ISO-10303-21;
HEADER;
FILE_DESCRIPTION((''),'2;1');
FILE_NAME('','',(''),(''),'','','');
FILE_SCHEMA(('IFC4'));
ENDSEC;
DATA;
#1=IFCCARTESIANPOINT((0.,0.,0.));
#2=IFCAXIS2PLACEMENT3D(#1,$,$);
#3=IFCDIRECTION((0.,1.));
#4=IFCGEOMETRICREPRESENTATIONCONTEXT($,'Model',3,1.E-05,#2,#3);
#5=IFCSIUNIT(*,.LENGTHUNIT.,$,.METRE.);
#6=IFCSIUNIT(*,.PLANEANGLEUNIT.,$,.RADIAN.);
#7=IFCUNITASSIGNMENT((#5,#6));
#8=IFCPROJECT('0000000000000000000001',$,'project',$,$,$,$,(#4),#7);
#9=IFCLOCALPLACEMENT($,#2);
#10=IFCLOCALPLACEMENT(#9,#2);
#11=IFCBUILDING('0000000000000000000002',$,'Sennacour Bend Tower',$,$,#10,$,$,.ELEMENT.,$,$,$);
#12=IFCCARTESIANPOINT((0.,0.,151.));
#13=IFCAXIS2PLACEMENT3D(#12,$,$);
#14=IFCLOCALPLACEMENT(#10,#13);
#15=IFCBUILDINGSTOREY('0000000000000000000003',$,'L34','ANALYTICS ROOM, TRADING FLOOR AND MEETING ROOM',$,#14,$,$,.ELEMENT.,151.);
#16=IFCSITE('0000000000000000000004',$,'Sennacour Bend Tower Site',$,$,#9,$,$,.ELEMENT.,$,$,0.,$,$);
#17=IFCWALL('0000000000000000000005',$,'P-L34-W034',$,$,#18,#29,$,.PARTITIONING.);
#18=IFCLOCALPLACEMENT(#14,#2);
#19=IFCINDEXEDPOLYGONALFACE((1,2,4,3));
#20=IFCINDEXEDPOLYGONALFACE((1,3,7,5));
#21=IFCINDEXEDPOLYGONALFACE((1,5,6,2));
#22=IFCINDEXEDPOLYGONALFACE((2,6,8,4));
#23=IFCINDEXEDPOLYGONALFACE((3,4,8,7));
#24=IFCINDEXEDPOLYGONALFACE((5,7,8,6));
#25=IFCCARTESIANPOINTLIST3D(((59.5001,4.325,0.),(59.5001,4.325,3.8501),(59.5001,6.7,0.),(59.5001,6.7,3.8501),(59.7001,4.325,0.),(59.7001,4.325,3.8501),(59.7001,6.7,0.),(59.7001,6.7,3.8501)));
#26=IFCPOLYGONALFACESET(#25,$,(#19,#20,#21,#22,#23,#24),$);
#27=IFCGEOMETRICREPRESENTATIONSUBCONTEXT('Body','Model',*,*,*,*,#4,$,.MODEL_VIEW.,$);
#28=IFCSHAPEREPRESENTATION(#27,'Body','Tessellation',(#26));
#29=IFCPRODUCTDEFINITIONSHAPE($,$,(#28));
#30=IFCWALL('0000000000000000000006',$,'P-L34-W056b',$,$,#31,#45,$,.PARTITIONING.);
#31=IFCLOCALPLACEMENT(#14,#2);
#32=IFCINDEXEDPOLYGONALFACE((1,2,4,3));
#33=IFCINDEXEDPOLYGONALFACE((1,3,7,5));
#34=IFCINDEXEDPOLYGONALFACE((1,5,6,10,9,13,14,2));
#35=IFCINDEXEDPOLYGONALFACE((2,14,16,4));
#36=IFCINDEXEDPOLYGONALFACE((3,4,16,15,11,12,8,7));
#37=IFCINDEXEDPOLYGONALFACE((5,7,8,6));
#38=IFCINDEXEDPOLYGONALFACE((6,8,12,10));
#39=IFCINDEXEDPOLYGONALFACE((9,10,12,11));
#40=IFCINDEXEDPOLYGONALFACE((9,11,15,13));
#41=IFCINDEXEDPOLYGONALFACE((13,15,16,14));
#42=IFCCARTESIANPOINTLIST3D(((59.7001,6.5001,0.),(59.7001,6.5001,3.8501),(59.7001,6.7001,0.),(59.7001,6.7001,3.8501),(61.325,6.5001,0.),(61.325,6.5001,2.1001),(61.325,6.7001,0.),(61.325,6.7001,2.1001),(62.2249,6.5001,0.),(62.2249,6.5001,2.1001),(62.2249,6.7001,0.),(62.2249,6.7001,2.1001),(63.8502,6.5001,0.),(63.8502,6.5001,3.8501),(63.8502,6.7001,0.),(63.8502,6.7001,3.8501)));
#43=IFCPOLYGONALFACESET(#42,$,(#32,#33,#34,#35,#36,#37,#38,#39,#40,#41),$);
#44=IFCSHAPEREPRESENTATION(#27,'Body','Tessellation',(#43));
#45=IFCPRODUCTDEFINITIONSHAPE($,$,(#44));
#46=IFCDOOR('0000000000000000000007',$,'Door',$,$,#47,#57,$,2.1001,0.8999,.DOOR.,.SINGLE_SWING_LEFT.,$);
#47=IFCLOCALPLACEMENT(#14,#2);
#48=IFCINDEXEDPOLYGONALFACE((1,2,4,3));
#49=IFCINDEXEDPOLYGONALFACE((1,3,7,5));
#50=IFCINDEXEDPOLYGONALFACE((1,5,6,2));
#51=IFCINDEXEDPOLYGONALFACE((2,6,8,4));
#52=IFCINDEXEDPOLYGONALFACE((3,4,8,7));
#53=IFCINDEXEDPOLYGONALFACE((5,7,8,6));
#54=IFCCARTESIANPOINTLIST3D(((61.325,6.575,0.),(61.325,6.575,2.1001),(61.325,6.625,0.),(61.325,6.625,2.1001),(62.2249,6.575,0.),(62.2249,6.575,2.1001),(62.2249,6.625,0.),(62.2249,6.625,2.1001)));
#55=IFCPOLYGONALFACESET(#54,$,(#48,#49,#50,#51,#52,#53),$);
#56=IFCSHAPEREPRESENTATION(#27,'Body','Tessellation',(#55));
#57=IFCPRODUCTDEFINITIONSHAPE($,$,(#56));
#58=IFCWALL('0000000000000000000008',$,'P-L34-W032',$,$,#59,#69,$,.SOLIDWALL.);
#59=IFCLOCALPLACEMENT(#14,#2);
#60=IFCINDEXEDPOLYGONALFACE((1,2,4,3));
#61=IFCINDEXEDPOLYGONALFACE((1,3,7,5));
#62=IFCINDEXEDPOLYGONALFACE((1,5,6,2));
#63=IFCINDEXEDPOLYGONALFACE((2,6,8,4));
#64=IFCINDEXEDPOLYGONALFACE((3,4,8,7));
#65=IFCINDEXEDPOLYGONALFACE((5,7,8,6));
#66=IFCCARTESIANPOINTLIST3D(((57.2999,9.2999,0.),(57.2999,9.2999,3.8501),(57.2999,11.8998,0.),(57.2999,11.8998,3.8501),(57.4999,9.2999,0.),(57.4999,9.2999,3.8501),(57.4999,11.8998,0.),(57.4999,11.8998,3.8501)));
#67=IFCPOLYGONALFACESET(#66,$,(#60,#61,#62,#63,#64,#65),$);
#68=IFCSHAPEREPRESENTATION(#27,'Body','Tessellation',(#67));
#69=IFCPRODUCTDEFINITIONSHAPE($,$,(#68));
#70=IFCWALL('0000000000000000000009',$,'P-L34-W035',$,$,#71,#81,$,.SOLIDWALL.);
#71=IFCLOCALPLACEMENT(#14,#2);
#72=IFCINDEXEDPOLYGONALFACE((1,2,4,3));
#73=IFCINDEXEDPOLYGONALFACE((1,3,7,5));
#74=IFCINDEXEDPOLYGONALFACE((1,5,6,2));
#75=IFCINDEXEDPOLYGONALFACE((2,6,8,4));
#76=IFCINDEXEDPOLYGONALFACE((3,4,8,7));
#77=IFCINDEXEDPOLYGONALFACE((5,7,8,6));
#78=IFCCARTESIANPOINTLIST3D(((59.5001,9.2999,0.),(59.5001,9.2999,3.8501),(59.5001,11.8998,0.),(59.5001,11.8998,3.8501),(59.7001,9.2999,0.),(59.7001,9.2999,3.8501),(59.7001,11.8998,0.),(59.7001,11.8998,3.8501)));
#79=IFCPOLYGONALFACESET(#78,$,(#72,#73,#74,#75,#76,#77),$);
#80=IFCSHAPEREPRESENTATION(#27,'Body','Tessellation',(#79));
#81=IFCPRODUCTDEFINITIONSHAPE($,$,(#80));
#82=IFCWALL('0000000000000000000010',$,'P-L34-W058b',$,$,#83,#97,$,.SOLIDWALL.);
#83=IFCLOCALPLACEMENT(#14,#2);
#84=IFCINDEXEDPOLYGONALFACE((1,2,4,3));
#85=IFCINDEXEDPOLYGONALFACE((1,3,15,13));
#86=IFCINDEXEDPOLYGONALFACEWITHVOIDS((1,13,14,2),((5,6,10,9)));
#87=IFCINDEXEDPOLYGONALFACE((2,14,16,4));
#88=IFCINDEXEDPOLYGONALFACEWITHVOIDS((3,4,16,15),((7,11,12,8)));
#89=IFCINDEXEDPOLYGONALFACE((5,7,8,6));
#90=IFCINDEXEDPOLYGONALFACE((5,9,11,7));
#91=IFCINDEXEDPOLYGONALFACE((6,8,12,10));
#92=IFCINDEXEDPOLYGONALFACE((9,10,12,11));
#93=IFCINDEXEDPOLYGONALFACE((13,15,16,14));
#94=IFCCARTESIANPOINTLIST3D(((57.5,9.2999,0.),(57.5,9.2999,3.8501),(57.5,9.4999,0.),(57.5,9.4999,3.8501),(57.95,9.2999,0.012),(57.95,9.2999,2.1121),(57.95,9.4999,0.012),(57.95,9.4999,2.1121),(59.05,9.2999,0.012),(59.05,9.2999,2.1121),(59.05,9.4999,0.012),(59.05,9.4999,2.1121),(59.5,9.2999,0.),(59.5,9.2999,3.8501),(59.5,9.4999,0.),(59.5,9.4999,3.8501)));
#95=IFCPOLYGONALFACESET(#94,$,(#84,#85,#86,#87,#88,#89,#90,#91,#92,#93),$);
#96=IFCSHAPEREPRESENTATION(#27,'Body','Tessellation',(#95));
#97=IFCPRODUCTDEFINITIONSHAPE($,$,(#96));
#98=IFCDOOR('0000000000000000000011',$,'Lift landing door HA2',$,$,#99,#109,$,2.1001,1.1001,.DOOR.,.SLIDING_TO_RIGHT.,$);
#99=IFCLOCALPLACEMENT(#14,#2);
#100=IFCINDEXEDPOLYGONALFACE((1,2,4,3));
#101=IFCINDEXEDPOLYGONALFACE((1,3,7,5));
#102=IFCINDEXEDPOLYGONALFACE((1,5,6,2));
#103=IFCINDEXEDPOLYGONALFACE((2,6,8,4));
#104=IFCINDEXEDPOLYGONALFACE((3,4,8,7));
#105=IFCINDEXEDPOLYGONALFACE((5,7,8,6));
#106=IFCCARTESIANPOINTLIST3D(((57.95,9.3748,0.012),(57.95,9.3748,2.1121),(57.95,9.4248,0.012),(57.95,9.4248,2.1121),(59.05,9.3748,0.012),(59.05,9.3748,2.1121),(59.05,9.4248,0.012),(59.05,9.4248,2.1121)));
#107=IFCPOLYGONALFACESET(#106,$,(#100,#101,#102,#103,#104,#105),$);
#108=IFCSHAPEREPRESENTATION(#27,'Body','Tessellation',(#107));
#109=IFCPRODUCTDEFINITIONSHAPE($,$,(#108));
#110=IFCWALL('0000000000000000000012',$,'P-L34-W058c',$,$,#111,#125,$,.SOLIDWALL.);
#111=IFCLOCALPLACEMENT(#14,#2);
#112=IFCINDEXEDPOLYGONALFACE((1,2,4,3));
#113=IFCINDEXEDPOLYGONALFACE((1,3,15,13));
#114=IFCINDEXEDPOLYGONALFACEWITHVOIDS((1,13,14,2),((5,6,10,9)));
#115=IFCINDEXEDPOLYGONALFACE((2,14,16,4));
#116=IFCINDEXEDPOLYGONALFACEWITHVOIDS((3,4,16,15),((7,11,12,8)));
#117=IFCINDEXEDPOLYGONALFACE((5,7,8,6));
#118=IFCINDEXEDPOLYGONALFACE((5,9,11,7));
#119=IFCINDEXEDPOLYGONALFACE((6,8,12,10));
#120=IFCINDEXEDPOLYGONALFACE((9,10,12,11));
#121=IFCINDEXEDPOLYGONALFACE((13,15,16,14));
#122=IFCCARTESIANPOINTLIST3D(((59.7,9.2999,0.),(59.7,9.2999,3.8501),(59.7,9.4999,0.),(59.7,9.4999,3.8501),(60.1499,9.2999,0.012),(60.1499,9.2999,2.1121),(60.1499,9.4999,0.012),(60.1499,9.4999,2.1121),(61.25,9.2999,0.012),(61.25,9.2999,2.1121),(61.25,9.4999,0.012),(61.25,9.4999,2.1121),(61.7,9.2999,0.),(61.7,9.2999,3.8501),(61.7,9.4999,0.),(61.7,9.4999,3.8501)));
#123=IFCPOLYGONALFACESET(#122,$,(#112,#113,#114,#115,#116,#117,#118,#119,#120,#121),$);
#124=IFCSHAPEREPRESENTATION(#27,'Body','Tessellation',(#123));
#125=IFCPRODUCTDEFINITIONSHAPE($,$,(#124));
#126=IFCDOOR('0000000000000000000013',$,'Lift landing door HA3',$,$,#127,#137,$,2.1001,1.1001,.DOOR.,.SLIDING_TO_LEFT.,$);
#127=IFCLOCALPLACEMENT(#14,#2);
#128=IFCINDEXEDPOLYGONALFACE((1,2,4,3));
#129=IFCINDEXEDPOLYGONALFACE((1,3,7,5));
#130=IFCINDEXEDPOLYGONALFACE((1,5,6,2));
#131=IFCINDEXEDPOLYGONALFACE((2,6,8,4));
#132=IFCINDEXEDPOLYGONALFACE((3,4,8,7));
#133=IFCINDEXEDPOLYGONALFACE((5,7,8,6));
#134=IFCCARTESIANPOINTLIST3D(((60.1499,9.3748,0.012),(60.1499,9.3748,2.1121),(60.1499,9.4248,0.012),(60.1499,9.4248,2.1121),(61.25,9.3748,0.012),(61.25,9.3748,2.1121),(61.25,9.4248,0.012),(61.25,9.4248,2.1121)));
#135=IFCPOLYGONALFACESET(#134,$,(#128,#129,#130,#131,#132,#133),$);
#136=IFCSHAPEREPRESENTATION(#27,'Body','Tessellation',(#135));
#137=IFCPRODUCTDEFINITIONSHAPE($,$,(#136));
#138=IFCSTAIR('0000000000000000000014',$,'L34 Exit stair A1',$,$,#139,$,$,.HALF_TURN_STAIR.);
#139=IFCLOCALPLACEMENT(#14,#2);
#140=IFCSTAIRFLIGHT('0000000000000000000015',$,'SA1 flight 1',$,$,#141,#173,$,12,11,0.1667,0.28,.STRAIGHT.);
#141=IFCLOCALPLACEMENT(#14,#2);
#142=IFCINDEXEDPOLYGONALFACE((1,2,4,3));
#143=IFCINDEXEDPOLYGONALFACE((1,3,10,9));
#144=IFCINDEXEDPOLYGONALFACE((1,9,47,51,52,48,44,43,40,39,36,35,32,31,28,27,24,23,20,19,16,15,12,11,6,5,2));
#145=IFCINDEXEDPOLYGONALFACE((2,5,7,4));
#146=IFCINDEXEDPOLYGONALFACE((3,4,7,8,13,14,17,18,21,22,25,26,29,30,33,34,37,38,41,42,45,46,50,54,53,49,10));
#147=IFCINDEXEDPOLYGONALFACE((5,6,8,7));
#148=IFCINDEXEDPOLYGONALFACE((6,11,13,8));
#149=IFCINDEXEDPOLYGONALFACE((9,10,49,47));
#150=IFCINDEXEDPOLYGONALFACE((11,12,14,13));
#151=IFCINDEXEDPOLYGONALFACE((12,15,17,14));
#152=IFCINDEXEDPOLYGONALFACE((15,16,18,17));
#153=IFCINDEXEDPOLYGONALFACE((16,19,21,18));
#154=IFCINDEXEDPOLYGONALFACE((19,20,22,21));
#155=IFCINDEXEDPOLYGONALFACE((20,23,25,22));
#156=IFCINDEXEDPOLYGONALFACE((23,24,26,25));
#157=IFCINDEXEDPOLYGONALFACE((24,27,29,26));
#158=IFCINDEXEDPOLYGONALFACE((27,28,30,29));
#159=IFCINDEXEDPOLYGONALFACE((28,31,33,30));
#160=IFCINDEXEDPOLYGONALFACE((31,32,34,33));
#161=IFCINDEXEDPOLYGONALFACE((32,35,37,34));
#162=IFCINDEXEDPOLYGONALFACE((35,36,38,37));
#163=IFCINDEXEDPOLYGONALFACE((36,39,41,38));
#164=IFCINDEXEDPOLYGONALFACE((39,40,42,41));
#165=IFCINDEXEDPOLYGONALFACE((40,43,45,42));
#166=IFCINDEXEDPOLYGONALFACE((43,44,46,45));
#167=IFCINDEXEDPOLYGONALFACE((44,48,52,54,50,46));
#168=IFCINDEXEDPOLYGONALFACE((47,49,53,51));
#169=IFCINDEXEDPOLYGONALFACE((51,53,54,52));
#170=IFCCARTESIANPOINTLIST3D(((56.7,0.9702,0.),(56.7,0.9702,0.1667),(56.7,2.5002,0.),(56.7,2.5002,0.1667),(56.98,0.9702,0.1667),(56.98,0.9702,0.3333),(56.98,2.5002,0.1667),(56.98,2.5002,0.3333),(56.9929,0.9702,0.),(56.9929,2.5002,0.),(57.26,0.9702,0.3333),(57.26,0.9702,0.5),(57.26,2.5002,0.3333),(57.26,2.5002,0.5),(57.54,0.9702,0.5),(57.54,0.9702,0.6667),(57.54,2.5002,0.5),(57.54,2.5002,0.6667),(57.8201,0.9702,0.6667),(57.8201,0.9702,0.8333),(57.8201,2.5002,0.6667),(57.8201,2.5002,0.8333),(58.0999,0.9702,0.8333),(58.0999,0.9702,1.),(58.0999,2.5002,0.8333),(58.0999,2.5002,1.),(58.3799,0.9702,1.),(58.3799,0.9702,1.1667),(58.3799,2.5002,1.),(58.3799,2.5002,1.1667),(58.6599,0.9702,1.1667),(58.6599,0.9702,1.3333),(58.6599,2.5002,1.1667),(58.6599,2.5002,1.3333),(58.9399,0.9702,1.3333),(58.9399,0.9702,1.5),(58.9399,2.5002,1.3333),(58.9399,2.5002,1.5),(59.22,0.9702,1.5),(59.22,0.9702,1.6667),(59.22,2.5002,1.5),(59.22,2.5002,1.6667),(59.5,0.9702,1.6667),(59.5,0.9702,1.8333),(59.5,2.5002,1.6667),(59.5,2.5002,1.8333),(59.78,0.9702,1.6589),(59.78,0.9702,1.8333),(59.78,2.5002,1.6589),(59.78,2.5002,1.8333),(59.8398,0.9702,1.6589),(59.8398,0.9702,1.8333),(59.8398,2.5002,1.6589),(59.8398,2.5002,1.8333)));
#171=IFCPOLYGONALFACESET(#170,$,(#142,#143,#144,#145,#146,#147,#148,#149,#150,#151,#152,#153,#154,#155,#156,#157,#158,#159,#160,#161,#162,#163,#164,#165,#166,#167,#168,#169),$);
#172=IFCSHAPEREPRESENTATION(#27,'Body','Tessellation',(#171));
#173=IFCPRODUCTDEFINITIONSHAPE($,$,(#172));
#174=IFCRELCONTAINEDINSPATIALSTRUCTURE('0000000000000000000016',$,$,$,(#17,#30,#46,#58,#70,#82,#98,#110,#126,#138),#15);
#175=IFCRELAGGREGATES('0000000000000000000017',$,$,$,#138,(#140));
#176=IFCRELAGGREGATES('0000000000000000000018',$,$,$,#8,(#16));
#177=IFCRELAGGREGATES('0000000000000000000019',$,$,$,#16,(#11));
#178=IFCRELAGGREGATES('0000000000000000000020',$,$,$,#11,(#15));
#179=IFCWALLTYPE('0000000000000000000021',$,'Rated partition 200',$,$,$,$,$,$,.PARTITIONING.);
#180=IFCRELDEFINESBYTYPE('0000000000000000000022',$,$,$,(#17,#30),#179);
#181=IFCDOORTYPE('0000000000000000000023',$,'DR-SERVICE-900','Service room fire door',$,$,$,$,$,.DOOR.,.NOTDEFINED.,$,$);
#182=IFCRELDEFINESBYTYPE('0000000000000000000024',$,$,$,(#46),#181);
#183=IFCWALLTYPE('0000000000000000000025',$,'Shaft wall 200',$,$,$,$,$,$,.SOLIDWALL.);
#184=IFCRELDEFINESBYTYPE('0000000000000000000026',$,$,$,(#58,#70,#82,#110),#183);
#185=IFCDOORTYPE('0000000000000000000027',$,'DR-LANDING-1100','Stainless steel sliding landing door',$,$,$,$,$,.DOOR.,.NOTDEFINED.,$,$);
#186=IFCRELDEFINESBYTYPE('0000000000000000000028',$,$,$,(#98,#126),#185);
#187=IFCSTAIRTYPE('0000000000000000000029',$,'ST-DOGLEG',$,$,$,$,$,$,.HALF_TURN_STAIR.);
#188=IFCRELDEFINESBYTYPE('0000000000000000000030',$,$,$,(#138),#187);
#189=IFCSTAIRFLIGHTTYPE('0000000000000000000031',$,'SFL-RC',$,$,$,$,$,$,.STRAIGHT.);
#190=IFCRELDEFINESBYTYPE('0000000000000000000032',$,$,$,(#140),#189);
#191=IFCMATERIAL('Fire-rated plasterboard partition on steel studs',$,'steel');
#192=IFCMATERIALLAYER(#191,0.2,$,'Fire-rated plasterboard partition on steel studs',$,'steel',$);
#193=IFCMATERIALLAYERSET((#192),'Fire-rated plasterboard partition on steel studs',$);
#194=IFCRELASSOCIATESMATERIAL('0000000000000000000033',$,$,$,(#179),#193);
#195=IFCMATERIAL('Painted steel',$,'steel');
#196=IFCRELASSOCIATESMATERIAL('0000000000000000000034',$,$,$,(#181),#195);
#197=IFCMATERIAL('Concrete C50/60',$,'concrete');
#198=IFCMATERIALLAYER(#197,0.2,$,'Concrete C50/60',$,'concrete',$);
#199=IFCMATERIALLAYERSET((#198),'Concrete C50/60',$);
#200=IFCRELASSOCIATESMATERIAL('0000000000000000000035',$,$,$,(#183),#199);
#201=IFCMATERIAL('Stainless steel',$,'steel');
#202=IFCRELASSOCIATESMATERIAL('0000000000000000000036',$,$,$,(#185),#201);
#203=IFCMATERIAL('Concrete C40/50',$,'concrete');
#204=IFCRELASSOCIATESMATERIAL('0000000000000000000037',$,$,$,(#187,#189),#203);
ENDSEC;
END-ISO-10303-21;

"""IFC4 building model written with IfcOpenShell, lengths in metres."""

from ifc_helpers import new_model, si_unit, direction, frame, frame_2d, origin, place, context, subcontext, project, spatial, polyline, rectangle, outline, extrude, material, layer, layer_set, type_object, element, fill, aggregate, save


model = new_model("IFC4")

# Units and contexts
model_context = context("Model", 3, precision=1e-05, world=origin(), true_north=direction((0.0, 1.0)))
body_context = subcontext(model_context, "Body", "Model", "MODEL_VIEW")
ifc_project = project(units=[si_unit("LENGTHUNIT", "METRE"), si_unit("PLANEANGLEUNIT", "RADIAN")], contexts=[model_context])

# Site, building, storey
site_placement = place(None, origin())
site = spatial("IfcSite", under=ifc_project, at=site_placement, Name="Sennacour Bend Tower Site", CompositionType="ELEMENT", RefElevation=0.0)
building_placement = place(site_placement, origin())
building = spatial("IfcBuilding", under=site, at=building_placement, Name="Sennacour Bend Tower", CompositionType="ELEMENT")
storey_placement = place(building_placement, frame((0.0, 0.0, 151.0)))
storey = spatial("IfcBuildingStorey", under=building, at=storey_placement, Name="L34", Description="ANALYTICS ROOM, TRADING FLOOR AND MEETING ROOM", CompositionType="ELEMENT", Elevation=151.0)

# Wall
ifc_material_1 = material(Name="Fire-rated plasterboard partition on steel studs", Category="steel")
ifc_layer_1 = layer(ifc_material_1, 0.2, Name="Fire-rated plasterboard partition on steel studs", Category="steel")
ifc_layer_set_1 = layer_set([ifc_layer_1], Name="Fire-rated plasterboard partition on steel studs")
wall_type_1 = type_object("IfcWallType", Name="Rated partition 200", PredefinedType="PARTITIONING", material=ifc_layer_set_1)
wall_1_placement = place(storey_placement, frame((59.6001, 4.325, 0.0), z_axis=(0.0, 0.0, 1.0), x_axis=(0.0, 1.0, 0.0)))
element("IfcWall", 1, at=wall_1_placement, inside=storey, type_object=wall_type_1, Name="P-L34-W034", PredefinedType="PARTITIONING", context=body_context, shape_type="SweptSolid", body=[
    extrude(rectangle(XDim=2.375, YDim=0.2, at=frame_2d((1.1875, 0.0))), origin(), (0.0, 0.0, 1.0), 3.8501),
])

# Wall, opening, door
wall_2_placement = place(storey_placement, frame((59.7, 6.6001, 0.0), z_axis=(0.0, 0.0, 1.0), x_axis=(1.0, 0.0, 0.0)))
wall_2 = element("IfcWall", 2, at=wall_2_placement, inside=storey, type_object=wall_type_1, Name="P-L34-W056b", PredefinedType="PARTITIONING", context=body_context, shape_type="SweptSolid", body=[
    extrude(rectangle(XDim=4.1501, YDim=0.2, at=frame_2d((2.0752, 0.0))), origin(), (0.0, 0.0, 1.0), 3.8501),
])
opening_1_placement = place(wall_2_placement, frame((1.625, 0.0, 0.0)))
opening_1 = element("IfcOpeningElement", 3, at=opening_1_placement, cuts=wall_2, PredefinedType="OPENING", context=body_context, shape_type="SweptSolid", body=[
    extrude(rectangle(XDim=0.8999, YDim=2.1001, at=frame_2d((0.45, 1.05))), frame((0.0, 0.1099, 0.0), z_axis=(0.0, -1.0, 0.0), x_axis=(1.0, 0.0, 0.0)), (0.0, 0.0, 1.0), 0.22),
])
ifc_material_2 = material(Name="Painted steel", Category="steel")
door_type_1 = type_object("IfcDoorType", Name="DR-SERVICE-900", Description="Service room fire door", OperationType="NOTDEFINED", PredefinedType="DOOR", material=ifc_material_2)
door_1_placement = place(opening_1_placement, origin())
door_1 = element("IfcDoor", 4, at=door_1_placement, inside=storey, type_object=door_type_1, Name="Door", OperationType="SINGLE_SWING_LEFT", OverallHeight=2.1001, OverallWidth=0.8999, PredefinedType="DOOR", context=body_context, shape_type="SweptSolid", body=[
    extrude(rectangle(XDim=0.8999, YDim=2.1001, at=frame_2d((0.45, 1.05))), frame((0.0, 0.0249, 0.0), z_axis=(0.0, -1.0, 0.0), x_axis=(1.0, 0.0, 0.0)), (0.0, 0.0, 1.0), 0.05),
])
fill(opening_1, door_1)

# Walls
ifc_material_3 = material(Name="Concrete C50/60", Category="concrete")
ifc_layer_2 = layer(ifc_material_3, 0.2, Name="Concrete C50/60", Category="concrete")
ifc_layer_set_2 = layer_set([ifc_layer_2], Name="Concrete C50/60")
wall_type_2 = type_object("IfcWallType", Name="Shaft wall 200", PredefinedType="SOLIDWALL", material=ifc_layer_set_2)
for number, where, z_axis, x_axis, name in (
    (5, (57.3999, 9.3, 0.0), (0.0, 0.0, 1.0), (0.0, 1.0, 0.0), "P-L34-W032"),
    (6, (59.6001, 9.3, 0.0), (0.0, 0.0, 1.0), (0.0, 1.0, 0.0), "P-L34-W035"),
):
    element("IfcWall", number, at=place(storey_placement, frame(where, z_axis=z_axis, x_axis=x_axis)), inside=storey, type_object=wall_type_2, Name=name, PredefinedType="SOLIDWALL", context=body_context, shape_type="SweptSolid", body=[
        extrude(rectangle(XDim=2.5999, YDim=0.2, at=frame_2d((1.2998, 0.0))), origin(), (0.0, 0.0, 1.0), 3.8501),
    ])

# Walls, openings, doors
wall_3_placement = place(storey_placement, frame((57.5, 9.3999, 0.0), z_axis=(0.0, 0.0, 1.0), x_axis=(1.0, 0.0, 0.0)))
wall_3 = element("IfcWall", 7, at=wall_3_placement, inside=storey, type_object=wall_type_2, Name="P-L34-W058b", PredefinedType="SOLIDWALL", context=body_context, shape_type="SweptSolid", body=[
    extrude(rectangle(XDim=2.0, YDim=0.2, at=frame_2d((1.0, 0.0))), origin(), (0.0, 0.0, 1.0), 3.8501),
])
opening_2_placement = place(wall_3_placement, frame((0.45, 0.0, 0.012)))
opening_2 = element("IfcOpeningElement", 8, at=opening_2_placement, cuts=wall_3, PredefinedType="OPENING", context=body_context, shape_type="SweptSolid", body=[
    extrude(rectangle(XDim=1.1001, YDim=2.1001, at=frame_2d((0.55, 1.05))), frame((0.0, 0.1099, 0.0), z_axis=(0.0, -1.0, 0.0), x_axis=(1.0, 0.0, 0.0)), (0.0, 0.0, 1.0), 0.22),
])
ifc_material_4 = material(Name="Stainless steel", Category="steel")
door_type_2 = type_object("IfcDoorType", Name="DR-LANDING-1100", Description="Stainless steel sliding landing door", OperationType="NOTDEFINED", PredefinedType="DOOR", material=ifc_material_4)
door_2_placement = place(opening_2_placement, origin())
door_2 = element("IfcDoor", 9, at=door_2_placement, inside=storey, type_object=door_type_2, Name="Lift landing door HA2", OperationType="SLIDING_TO_RIGHT", OverallHeight=2.1001, OverallWidth=1.1001, PredefinedType="DOOR", context=body_context, shape_type="SweptSolid", body=[
    extrude(rectangle(XDim=1.1001, YDim=2.1001, at=frame_2d((0.55, 1.05))), frame((0.0, 0.0249, 0.0), z_axis=(0.0, -1.0, 0.0), x_axis=(1.0, 0.0, 0.0)), (0.0, 0.0, 1.0), 0.05),
])
fill(opening_2, door_2)
wall_4_placement = place(storey_placement, frame((59.7, 9.3999, 0.0), z_axis=(0.0, 0.0, 1.0), x_axis=(1.0, 0.0, 0.0)))
wall_4 = element("IfcWall", 10, at=wall_4_placement, inside=storey, type_object=wall_type_2, Name="P-L34-W058c", PredefinedType="SOLIDWALL", context=body_context, shape_type="SweptSolid", body=[
    extrude(rectangle(XDim=2.0, YDim=0.2, at=frame_2d((1.0, 0.0))), origin(), (0.0, 0.0, 1.0), 3.8501),
])
opening_3_placement = place(wall_4_placement, frame((0.45, 0.0, 0.012)))
opening_3 = element("IfcOpeningElement", 11, at=opening_3_placement, cuts=wall_4, PredefinedType="OPENING", context=body_context, shape_type="SweptSolid", body=[
    extrude(rectangle(XDim=1.1001, YDim=2.1001, at=frame_2d((0.55, 1.05))), frame((0.0, 0.1099, 0.0), z_axis=(0.0, -1.0, 0.0), x_axis=(1.0, 0.0, 0.0)), (0.0, 0.0, 1.0), 0.22),
])
door_3_placement = place(opening_3_placement, origin())
door_3 = element("IfcDoor", 12, at=door_3_placement, inside=storey, type_object=door_type_2, Name="Lift landing door HA3", OperationType="SLIDING_TO_LEFT", OverallHeight=2.1001, OverallWidth=1.1001, PredefinedType="DOOR", context=body_context, shape_type="SweptSolid", body=[
    extrude(rectangle(XDim=1.1001, YDim=2.1001, at=frame_2d((0.55, 1.05))), frame((0.0, 0.0249, 0.0), z_axis=(0.0, -1.0, 0.0), x_axis=(1.0, 0.0, 0.0)), (0.0, 0.0, 1.0), 0.05),
])
fill(opening_3, door_3)

# Stair, stair flight
ifc_material_5 = material(Name="Concrete C40/50", Category="concrete")
stair_type = type_object("IfcStairType", Name="ST-DOGLEG", PredefinedType="HALF_TURN_STAIR", material=ifc_material_5)
stair_placement = place(storey_placement, origin())
stair = element("IfcStair", 13, at=stair_placement, inside=storey, type_object=stair_type, Name="L34 Exit stair A1", PredefinedType="HALF_TURN_STAIR")
stair_flight_type = type_object("IfcStairFlightType", Name="SFL-RC", PredefinedType="STRAIGHT", material=ifc_material_5)
stair_flight_placement = place(storey_placement, frame((56.7, 1.7351, 0.0), z_axis=(0.0, 0.0, 1.0), x_axis=(1.0, 0.0, 0.0)))
stair_flight = element("IfcStairFlight", 14, at=stair_flight_placement, type_object=stair_flight_type, Name="SA1 flight 1", NumberOfRisers=12, NumberOfTreads=11, PredefinedType="STRAIGHT", RiserHeight=0.1667, TreadLength=0.28, context=body_context, shape_type="SweptSolid", body=[
    extrude(outline(polyline([(0.0, 0.0), (0.0, 0.1667), (0.28, 0.1667), (0.28, 0.3333), (0.5601, 0.3333), (0.5601, 0.5), (0.8401, 0.5), (0.8401, 0.6667), (1.1201, 0.6667), (1.1201, 0.8333), (1.3999, 0.8333), (1.3999, 1.0), (1.6799, 1.0), (1.6799, 1.1667), (1.96, 1.1667), (1.96, 1.3333), (2.24, 1.3333), (2.24, 1.5), (2.52, 1.5), (2.52, 1.6667), (2.8, 1.6667), (2.8, 1.8333), (3.0801, 1.8333), (3.1399, 1.8333), (3.1399, 1.6589), (3.0801, 1.6589), (0.293, 0.0), (0.0, 0.0)])), frame((0.0, 0.7651, 0.0), z_axis=(0.0, -1.0, 0.0), x_axis=(1.0, 0.0, 0.0)), (0.0, 0.0, 1.0), 1.53),
])
aggregate(stair, [stair_flight])

save(model, "model.ifc")
